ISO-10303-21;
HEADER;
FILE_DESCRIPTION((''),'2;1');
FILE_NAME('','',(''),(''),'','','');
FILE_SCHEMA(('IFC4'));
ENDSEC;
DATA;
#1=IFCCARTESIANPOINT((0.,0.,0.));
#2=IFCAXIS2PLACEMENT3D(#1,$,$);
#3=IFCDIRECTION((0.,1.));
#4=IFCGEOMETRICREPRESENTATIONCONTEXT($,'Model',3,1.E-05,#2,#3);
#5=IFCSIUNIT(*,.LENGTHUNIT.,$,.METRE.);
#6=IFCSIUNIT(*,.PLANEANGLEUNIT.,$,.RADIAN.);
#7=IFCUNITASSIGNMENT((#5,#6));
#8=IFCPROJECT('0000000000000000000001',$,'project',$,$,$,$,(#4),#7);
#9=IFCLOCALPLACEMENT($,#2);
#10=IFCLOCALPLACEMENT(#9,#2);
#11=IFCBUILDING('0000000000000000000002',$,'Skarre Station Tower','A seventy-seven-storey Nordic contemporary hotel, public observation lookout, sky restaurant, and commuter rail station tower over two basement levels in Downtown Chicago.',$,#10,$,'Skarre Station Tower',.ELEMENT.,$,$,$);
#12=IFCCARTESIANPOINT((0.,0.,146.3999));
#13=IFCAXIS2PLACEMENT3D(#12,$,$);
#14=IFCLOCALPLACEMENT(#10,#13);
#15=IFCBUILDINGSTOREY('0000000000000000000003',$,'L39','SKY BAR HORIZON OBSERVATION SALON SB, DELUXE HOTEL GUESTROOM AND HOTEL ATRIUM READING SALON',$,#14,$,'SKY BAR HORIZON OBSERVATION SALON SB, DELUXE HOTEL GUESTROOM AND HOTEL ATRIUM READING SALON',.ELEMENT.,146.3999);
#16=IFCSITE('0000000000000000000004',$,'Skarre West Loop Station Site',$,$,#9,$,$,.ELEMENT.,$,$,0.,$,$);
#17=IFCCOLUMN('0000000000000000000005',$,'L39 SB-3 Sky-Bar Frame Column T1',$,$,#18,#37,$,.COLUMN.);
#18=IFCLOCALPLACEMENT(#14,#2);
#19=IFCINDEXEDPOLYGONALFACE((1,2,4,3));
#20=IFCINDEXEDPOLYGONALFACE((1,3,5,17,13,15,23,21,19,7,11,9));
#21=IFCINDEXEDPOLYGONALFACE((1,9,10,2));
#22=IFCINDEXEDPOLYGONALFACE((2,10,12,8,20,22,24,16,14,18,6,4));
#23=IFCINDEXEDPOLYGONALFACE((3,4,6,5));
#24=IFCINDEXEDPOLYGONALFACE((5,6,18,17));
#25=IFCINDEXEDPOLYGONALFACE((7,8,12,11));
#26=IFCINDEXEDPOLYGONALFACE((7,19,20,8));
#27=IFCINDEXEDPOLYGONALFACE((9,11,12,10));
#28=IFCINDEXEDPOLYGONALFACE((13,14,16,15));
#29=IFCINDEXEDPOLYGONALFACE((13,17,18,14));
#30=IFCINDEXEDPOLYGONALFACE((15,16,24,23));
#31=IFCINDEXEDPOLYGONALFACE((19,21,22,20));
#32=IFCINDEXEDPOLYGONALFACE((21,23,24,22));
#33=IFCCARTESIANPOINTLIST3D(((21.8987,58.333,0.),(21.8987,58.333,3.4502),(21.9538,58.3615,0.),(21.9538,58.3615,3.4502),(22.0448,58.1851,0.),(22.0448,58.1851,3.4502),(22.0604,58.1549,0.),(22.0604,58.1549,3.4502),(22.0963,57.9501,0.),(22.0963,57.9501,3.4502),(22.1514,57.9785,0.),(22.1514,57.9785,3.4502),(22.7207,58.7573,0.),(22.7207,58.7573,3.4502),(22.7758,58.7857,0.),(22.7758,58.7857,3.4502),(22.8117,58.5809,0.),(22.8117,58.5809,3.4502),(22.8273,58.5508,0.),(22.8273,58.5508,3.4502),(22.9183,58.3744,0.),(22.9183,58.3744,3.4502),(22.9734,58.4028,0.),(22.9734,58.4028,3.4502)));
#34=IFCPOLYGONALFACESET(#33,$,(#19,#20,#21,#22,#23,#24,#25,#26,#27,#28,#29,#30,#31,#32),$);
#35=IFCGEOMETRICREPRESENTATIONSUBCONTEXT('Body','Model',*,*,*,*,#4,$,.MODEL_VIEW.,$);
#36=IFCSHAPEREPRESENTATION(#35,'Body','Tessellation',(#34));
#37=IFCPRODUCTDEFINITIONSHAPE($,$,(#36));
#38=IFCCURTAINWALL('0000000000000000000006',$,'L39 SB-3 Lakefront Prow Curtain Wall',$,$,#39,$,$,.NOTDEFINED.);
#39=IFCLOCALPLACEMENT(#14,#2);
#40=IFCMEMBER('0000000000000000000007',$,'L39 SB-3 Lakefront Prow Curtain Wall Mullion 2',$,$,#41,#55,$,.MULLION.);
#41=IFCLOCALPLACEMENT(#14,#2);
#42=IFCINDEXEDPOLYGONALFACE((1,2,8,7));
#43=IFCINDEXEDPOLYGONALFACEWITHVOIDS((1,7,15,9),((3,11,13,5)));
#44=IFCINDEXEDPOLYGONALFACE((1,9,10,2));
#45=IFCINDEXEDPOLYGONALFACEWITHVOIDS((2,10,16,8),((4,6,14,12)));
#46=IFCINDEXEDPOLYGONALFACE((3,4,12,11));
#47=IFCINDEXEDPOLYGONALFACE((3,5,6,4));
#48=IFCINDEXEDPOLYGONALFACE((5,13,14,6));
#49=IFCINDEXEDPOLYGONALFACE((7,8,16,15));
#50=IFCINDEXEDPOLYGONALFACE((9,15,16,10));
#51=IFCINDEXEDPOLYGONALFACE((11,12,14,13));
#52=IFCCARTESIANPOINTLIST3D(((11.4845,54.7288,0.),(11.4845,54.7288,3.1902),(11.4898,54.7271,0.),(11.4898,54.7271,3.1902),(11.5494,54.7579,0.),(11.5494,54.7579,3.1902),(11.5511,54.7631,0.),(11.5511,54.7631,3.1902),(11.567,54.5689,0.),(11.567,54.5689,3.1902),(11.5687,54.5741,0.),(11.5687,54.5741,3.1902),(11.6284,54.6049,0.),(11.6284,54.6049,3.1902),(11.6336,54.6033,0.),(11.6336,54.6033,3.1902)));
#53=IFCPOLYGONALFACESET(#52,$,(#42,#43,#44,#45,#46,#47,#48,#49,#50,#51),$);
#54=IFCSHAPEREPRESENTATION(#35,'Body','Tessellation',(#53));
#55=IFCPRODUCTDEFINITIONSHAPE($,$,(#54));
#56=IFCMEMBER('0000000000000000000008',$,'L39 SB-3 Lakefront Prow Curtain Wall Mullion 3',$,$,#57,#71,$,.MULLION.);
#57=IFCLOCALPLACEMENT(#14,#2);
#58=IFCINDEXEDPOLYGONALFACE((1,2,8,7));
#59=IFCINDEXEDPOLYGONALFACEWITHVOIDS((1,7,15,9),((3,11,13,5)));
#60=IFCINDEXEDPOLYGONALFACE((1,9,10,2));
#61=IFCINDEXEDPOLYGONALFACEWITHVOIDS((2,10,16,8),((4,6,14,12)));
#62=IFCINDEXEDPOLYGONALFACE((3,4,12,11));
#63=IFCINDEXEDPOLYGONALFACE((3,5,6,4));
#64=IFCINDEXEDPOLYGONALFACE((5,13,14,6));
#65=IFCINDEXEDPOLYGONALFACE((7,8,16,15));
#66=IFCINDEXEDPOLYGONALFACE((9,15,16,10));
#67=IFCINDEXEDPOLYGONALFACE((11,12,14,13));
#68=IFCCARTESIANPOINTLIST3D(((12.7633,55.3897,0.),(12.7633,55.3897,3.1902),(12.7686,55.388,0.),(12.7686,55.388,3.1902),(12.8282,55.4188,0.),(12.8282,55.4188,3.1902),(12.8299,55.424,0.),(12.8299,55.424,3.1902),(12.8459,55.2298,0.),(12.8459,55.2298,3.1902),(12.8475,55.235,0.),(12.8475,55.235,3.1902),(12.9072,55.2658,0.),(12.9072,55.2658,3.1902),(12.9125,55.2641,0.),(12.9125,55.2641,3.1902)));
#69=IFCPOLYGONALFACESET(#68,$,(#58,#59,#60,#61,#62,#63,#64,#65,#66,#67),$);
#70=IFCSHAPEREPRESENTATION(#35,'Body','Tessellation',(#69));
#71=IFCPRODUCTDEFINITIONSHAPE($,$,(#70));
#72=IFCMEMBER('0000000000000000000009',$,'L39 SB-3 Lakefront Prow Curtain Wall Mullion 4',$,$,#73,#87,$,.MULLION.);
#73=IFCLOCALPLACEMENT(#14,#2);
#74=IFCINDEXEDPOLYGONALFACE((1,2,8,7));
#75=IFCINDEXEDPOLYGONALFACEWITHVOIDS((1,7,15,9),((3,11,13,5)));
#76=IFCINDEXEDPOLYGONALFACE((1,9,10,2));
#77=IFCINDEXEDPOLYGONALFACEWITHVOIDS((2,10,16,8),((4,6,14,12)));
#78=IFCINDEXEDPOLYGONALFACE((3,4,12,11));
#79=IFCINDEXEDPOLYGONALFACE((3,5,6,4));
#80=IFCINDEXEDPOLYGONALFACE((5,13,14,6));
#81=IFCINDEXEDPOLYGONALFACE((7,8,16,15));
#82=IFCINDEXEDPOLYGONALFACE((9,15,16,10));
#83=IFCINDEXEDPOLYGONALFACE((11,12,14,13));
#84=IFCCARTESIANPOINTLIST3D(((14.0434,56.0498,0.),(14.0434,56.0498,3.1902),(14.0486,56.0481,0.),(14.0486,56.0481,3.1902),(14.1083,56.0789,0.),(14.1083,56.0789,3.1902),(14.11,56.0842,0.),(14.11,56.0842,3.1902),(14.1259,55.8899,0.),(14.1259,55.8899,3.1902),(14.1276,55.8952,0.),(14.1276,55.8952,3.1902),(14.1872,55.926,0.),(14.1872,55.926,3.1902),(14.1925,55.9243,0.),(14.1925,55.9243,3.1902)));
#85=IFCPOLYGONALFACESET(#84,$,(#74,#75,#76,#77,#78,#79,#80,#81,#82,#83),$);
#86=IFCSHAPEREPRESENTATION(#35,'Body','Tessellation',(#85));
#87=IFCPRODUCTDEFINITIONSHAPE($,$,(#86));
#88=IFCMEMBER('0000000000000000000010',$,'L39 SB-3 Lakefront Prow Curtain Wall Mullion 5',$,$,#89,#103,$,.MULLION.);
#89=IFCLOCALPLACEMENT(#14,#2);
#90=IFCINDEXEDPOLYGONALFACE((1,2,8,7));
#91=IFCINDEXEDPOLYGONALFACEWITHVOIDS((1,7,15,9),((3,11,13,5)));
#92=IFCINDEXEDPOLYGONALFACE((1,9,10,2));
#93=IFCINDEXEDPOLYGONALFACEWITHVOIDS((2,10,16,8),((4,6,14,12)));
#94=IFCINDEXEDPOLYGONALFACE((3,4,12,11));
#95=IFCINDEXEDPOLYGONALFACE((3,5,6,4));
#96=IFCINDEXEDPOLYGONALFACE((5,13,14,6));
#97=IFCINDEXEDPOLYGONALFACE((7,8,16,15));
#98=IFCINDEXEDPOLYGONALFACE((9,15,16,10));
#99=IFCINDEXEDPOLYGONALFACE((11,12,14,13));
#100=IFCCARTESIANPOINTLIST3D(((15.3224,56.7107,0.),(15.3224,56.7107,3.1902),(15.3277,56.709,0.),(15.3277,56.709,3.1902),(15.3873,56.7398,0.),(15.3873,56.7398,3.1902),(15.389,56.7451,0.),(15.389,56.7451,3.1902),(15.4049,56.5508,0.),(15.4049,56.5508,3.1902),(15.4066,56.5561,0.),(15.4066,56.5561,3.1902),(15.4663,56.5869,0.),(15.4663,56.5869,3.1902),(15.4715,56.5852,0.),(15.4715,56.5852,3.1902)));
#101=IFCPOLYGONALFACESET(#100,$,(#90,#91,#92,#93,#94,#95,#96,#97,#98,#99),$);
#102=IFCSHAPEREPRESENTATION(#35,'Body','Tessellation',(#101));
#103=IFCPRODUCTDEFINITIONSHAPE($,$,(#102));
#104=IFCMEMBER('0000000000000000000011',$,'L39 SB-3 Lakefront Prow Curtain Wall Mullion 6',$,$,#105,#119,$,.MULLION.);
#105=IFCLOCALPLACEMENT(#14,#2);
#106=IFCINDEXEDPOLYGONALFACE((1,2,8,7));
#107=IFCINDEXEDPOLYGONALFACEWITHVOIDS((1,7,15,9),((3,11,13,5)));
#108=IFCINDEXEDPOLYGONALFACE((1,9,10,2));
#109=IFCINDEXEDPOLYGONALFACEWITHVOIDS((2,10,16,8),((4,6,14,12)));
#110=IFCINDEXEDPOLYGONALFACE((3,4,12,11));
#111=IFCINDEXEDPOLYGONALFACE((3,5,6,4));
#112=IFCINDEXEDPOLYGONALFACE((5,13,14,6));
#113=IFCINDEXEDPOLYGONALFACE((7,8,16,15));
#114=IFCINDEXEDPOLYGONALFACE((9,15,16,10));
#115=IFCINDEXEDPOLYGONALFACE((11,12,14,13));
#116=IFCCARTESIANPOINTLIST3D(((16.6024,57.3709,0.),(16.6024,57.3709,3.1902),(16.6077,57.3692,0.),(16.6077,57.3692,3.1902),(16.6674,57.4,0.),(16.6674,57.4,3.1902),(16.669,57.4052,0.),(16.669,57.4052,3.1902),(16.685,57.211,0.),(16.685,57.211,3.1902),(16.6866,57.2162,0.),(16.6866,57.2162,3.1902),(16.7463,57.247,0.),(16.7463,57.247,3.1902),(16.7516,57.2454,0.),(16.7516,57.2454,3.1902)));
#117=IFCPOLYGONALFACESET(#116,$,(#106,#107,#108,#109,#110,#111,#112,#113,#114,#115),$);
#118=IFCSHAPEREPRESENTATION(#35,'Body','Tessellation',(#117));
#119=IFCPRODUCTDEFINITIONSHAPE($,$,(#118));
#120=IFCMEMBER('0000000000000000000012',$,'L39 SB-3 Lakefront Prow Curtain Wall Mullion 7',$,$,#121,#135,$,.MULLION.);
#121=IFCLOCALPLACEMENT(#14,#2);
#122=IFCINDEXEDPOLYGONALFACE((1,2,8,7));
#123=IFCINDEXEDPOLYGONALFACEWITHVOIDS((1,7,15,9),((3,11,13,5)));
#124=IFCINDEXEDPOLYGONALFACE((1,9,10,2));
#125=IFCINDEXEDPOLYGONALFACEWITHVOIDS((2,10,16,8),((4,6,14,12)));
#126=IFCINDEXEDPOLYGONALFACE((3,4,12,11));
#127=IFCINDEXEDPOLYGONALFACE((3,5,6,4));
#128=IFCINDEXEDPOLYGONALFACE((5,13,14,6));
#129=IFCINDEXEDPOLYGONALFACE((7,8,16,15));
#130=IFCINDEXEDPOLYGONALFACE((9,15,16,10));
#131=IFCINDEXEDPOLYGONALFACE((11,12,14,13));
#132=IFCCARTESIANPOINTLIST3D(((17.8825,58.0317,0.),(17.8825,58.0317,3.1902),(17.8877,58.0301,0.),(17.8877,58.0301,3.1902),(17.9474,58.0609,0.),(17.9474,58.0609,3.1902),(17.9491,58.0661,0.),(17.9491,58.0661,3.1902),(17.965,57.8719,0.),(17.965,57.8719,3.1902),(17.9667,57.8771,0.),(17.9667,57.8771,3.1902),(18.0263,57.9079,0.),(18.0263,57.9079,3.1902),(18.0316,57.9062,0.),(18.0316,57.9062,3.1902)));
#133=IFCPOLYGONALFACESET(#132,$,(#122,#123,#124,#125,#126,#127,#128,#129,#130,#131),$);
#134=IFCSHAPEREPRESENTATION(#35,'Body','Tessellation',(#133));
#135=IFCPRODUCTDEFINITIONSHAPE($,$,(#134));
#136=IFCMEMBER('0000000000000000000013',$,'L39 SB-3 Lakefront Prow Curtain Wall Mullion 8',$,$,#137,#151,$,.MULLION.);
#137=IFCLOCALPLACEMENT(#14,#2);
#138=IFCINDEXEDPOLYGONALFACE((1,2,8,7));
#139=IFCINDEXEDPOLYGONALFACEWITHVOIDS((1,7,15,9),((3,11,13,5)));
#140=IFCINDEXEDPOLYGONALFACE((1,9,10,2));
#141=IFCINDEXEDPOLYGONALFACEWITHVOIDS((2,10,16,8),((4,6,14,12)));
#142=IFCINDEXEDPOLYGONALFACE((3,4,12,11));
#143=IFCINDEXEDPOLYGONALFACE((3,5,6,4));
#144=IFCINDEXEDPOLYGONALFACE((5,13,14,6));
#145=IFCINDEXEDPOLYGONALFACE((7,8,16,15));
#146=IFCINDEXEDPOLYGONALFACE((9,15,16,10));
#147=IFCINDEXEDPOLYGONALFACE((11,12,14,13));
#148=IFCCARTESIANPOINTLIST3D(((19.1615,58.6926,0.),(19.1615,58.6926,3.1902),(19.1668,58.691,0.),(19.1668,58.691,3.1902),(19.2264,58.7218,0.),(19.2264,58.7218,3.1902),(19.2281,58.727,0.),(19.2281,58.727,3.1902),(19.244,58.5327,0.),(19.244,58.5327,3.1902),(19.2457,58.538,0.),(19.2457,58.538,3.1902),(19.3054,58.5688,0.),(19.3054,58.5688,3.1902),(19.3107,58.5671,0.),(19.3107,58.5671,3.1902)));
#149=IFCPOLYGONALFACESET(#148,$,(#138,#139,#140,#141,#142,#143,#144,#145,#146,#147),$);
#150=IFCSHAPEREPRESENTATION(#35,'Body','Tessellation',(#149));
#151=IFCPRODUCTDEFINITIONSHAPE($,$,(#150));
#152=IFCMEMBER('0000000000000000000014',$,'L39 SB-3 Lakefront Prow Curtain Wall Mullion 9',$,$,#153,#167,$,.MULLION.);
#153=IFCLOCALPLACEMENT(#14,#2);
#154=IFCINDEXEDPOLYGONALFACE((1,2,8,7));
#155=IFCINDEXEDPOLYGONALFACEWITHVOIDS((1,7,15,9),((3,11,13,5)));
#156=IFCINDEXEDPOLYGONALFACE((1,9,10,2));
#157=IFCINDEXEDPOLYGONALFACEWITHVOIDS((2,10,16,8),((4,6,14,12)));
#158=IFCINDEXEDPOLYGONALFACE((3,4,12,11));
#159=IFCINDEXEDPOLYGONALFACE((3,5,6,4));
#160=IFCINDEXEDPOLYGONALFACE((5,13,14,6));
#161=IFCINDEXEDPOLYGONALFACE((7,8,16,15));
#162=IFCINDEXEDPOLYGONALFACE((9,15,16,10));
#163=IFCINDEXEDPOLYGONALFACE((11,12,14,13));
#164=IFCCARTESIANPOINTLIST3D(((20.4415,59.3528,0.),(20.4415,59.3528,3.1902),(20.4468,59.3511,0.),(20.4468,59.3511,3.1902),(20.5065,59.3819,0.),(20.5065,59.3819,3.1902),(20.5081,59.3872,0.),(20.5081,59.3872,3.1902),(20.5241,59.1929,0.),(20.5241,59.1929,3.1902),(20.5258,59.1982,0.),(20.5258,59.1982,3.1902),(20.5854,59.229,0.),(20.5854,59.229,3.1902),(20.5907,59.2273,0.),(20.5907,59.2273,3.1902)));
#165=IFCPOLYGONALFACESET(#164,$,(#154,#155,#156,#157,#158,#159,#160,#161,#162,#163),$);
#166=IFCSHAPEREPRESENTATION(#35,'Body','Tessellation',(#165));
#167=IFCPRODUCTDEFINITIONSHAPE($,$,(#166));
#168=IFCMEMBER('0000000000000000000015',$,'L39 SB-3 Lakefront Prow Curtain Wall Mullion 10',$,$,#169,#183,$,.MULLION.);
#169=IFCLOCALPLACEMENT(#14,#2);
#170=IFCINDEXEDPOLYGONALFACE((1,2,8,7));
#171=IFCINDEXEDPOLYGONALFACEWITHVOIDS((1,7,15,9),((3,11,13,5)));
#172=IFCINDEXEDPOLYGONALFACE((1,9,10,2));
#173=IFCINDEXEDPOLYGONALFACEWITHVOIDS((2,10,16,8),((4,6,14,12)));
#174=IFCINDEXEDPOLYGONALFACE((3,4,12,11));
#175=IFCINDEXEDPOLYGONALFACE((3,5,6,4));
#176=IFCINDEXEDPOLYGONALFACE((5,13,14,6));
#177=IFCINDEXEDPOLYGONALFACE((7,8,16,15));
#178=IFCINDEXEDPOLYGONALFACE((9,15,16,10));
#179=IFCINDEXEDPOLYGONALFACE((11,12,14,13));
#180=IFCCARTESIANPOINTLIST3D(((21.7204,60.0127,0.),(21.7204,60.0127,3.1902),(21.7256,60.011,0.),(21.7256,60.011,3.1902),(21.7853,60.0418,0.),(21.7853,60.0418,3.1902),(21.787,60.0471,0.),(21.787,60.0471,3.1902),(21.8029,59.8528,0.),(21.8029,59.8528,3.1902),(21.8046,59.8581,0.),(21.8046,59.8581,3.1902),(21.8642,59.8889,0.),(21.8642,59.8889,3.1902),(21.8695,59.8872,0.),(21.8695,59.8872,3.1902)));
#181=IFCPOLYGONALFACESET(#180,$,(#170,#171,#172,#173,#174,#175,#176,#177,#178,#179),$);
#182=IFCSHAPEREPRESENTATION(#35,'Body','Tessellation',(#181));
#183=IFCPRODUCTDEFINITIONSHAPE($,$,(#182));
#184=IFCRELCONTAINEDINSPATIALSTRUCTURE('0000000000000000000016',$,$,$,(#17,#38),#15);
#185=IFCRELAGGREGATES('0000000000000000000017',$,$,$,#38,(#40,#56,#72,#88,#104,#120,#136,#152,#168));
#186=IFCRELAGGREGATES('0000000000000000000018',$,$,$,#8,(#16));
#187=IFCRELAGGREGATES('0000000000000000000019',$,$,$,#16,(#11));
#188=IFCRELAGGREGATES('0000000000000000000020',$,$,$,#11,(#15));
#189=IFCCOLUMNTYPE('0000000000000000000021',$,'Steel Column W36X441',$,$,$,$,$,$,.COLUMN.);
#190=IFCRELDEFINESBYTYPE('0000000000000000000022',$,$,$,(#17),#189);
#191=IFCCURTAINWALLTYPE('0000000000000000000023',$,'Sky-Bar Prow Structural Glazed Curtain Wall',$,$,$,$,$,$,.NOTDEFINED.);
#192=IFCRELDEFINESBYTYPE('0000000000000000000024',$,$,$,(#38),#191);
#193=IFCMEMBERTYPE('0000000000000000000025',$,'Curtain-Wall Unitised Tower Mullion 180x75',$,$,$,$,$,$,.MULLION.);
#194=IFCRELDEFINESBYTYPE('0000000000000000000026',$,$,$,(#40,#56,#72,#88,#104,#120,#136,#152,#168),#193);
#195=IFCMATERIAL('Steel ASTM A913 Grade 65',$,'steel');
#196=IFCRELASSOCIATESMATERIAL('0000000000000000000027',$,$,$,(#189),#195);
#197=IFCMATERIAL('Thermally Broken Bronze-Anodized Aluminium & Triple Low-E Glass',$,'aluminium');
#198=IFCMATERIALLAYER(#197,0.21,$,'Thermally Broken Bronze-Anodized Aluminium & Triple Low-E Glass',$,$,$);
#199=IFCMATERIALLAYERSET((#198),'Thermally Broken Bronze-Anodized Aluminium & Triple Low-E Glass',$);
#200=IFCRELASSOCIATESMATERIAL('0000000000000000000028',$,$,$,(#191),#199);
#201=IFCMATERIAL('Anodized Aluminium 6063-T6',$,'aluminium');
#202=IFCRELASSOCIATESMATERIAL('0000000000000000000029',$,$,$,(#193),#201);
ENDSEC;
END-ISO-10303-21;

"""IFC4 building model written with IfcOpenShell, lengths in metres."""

from ifc_helpers import new_model, si_unit, direction, frame, origin, origin_2d, place, context, subcontext, project, spatial, hollow_rectangle, i_section, extrude, material, layer, layer_set, material_profile, profile_set, type_object, element, aggregate, save


model = new_model("IFC4")

# Units and contexts
model_context = context("Model", 3, precision=1e-05, world=origin(), true_north=direction((0.0, 1.0)))
body_context = subcontext(model_context, "Body", "Model", "MODEL_VIEW")
ifc_project = project(units=[si_unit("LENGTHUNIT", "METRE"), si_unit("PLANEANGLEUNIT", "RADIAN")], contexts=[model_context])

# Site, building, storey
site_placement = place(None, origin())
site = spatial("IfcSite", under=ifc_project, at=site_placement, Name="Skarre West Loop Station Site", CompositionType="ELEMENT", RefElevation=0.0)
building_placement = place(site_placement, origin())
building = spatial("IfcBuilding", under=site, at=building_placement, Name="Skarre Station Tower", Description="A seventy-seven-storey Nordic contemporary hotel, public observation lookout, sky restaurant, and commuter rail station tower over two basement levels in Downtown Chicago.", LongName="Skarre Station Tower", CompositionType="ELEMENT")
storey_placement = place(building_placement, frame((0.0, 0.0, 146.3999)))
storey = spatial("IfcBuildingStorey", under=building, at=storey_placement, Name="L39", Description="SKY BAR HORIZON OBSERVATION SALON SB, DELUXE HOTEL GUESTROOM AND HOTEL ATRIUM READING SALON", LongName="SKY BAR HORIZON OBSERVATION SALON SB, DELUXE HOTEL GUESTROOM AND HOTEL ATRIUM READING SALON", CompositionType="ELEMENT", Elevation=146.3999)

# Column
ifc_material_1 = material(Name="Steel ASTM A913 Grade 65", Category="steel")
ifc_material_profile_1 = material_profile(ifc_material_1, i_section(OverallWidth=0.4309, OverallDepth=0.9871, WebThickness=0.0339, FlangeThickness=0.062, at=origin_2d()), Name="Steel ASTM A913 Grade 65")
ifc_profile_set_1 = profile_set([ifc_material_profile_1], Name="Steel ASTM A913 Grade 65")
column_type = type_object("IfcColumnType", Name="Steel Column W36X441", PredefinedType="COLUMN", material=ifc_profile_set_1)
column_placement = place(storey_placement, frame((22.436, 58.3679, 0.0), z_axis=(0.0, 0.0, 1.0), x_axis=(-0.45865, 0.888617, 0.0)))
element("IfcColumn", 1, at=column_placement, inside=storey, type_object=column_type, Name="L39 SB-3 Sky-Bar Frame Column T1", PredefinedType="COLUMN", context=body_context, shape_type="SweptSolid", body=[
    extrude(i_section(OverallWidth=0.4309, OverallDepth=0.9871, WebThickness=0.0339, FlangeThickness=0.062, at=origin_2d()), origin(), (0.0, 0.0, 1.0), 3.4502),
])

# Curtain wall, members
ifc_material_2 = material(Name="Thermally Broken Bronze-Anodized Aluminium & Triple Low-E Glass", Category="aluminium")
ifc_layer_1 = layer(ifc_material_2, 0.21, Name="Thermally Broken Bronze-Anodized Aluminium & Triple Low-E Glass")
ifc_layer_set_1 = layer_set([ifc_layer_1], Name="Thermally Broken Bronze-Anodized Aluminium & Triple Low-E Glass")
curtain_wall_type = type_object("IfcCurtainWallType", Name="Sky-Bar Prow Structural Glazed Curtain Wall", PredefinedType="NOTDEFINED", material=ifc_layer_set_1)
curtain_wall_placement = place(storey_placement, origin())
curtain_wall = element("IfcCurtainWall", 2, at=curtain_wall_placement, inside=storey, type_object=curtain_wall_type, Name="L39 SB-3 Lakefront Prow Curtain Wall", PredefinedType="NOTDEFINED")
ifc_material_3 = material(Name="Anodized Aluminium 6063-T6", Category="aluminium")
ifc_material_profile_2 = material_profile(ifc_material_3, hollow_rectangle(XDim=0.075, YDim=0.1799, WallThickness=0.0039, at=origin_2d()), Name="Anodized Aluminium 6063-T6")
ifc_profile_set_2 = profile_set([ifc_material_profile_2], Name="Anodized Aluminium 6063-T6")
member_type = type_object("IfcMemberType", Name="Curtain-Wall Unitised Tower Mullion 180x75", PredefinedType="MULLION", material=ifc_profile_set_2)
member_1_placement = place(storey_placement, frame((11.5591, 54.666, 0.0), z_axis=(0.0, 0.0, 1.0), x_axis=(0.888601, 0.458681, 0.0)))
member_1 = element("IfcMember", 3, at=member_1_placement, type_object=member_type, Name="L39 SB-3 Lakefront Prow Curtain Wall Mullion 2", PredefinedType="MULLION", context=body_context, shape_type="SweptSolid", body=[
    extrude(hollow_rectangle(XDim=0.075, YDim=0.1799, WallThickness=0.0039, at=origin_2d()), origin(), (0.0, 0.0, 1.0), 3.1902),
])
member_2_placement = place(storey_placement, frame((12.8379, 55.3269, 0.0), z_axis=(0.0, 0.0, 1.0), x_axis=(0.888601, 0.458681, 0.0)))
member_2 = element("IfcMember", 4, at=member_2_placement, type_object=member_type, Name="L39 SB-3 Lakefront Prow Curtain Wall Mullion 3", PredefinedType="MULLION", context=body_context, shape_type="SweptSolid", body=[
    extrude(hollow_rectangle(XDim=0.075, YDim=0.1799, WallThickness=0.0039, at=origin_2d()), origin(), (0.0, 0.0, 1.0), 3.1902),
])
member_3_placement = place(storey_placement, frame((14.1179, 55.9871, 0.0), z_axis=(0.0, 0.0, 1.0), x_axis=(0.888601, 0.458681, 0.0)))
member_3 = element("IfcMember", 5, at=member_3_placement, type_object=member_type, Name="L39 SB-3 Lakefront Prow Curtain Wall Mullion 4", PredefinedType="MULLION", context=body_context, shape_type="SweptSolid", body=[
    extrude(hollow_rectangle(XDim=0.075, YDim=0.1799, WallThickness=0.0039, at=origin_2d()), origin(), (0.0, 0.0, 1.0), 3.1902),
])
member_4_placement = place(storey_placement, frame((15.397, 56.6479, 0.0), z_axis=(0.0, 0.0, 1.0), x_axis=(0.888601, 0.458681, 0.0)))
member_4 = element("IfcMember", 6, at=member_4_placement, type_object=member_type, Name="L39 SB-3 Lakefront Prow Curtain Wall Mullion 5", PredefinedType="MULLION", context=body_context, shape_type="SweptSolid", body=[
    extrude(hollow_rectangle(XDim=0.075, YDim=0.1799, WallThickness=0.0039, at=origin_2d()), origin(), (0.0, 0.0, 1.0), 3.1902),
])
member_5_placement = place(storey_placement, frame((16.677, 57.3081, 0.0), z_axis=(0.0, 0.0, 1.0), x_axis=(0.888601, 0.458681, 0.0)))
member_5 = element("IfcMember", 7, at=member_5_placement, type_object=member_type, Name="L39 SB-3 Lakefront Prow Curtain Wall Mullion 6", PredefinedType="MULLION", context=body_context, shape_type="SweptSolid", body=[
    extrude(hollow_rectangle(XDim=0.075, YDim=0.1799, WallThickness=0.0039, at=origin_2d()), origin(), (0.0, 0.0, 1.0), 3.1902),
])
member_6_placement = place(storey_placement, frame((17.957, 57.969, 0.0), z_axis=(0.0, 0.0, 1.0), x_axis=(0.888601, 0.458681, 0.0)))
member_6 = element("IfcMember", 8, at=member_6_placement, type_object=member_type, Name="L39 SB-3 Lakefront Prow Curtain Wall Mullion 7", PredefinedType="MULLION", context=body_context, shape_type="SweptSolid", body=[
    extrude(hollow_rectangle(XDim=0.075, YDim=0.1799, WallThickness=0.0039, at=origin_2d()), origin(), (0.0, 0.0, 1.0), 3.1902),
])
member_7_placement = place(storey_placement, frame((19.2361, 58.6299, 0.0), z_axis=(0.0, 0.0, 1.0), x_axis=(0.888601, 0.458681, 0.0)))
member_7 = element("IfcMember", 9, at=member_7_placement, type_object=member_type, Name="L39 SB-3 Lakefront Prow Curtain Wall Mullion 8", PredefinedType="MULLION", context=body_context, shape_type="SweptSolid", body=[
    extrude(hollow_rectangle(XDim=0.075, YDim=0.1799, WallThickness=0.0039, at=origin_2d()), origin(), (0.0, 0.0, 1.0), 3.1902),
])
member_8_placement = place(storey_placement, frame((20.5161, 59.29, 0.0), z_axis=(0.0, 0.0, 1.0), x_axis=(0.888601, 0.458681, 0.0)))
member_8 = element("IfcMember", 10, at=member_8_placement, type_object=member_type, Name="L39 SB-3 Lakefront Prow Curtain Wall Mullion 9", PredefinedType="MULLION", context=body_context, shape_type="SweptSolid", body=[
    extrude(hollow_rectangle(XDim=0.075, YDim=0.1799, WallThickness=0.0039, at=origin_2d()), origin(), (0.0, 0.0, 1.0), 3.1902),
])
member_9_placement = place(storey_placement, frame((21.7949, 59.95, 0.0), z_axis=(0.0, 0.0, 1.0), x_axis=(0.888601, 0.458681, 0.0)))
member_9 = element("IfcMember", 11, at=member_9_placement, type_object=member_type, Name="L39 SB-3 Lakefront Prow Curtain Wall Mullion 10", PredefinedType="MULLION", context=body_context, shape_type="SweptSolid", body=[
    extrude(hollow_rectangle(XDim=0.075, YDim=0.1799, WallThickness=0.0039, at=origin_2d()), origin(), (0.0, 0.0, 1.0), 3.1902),
])

aggregate(curtain_wall, [member_1, member_2, member_3, member_4, member_5, member_6, member_7, member_8, member_9])

save(model, "model.ifc")
